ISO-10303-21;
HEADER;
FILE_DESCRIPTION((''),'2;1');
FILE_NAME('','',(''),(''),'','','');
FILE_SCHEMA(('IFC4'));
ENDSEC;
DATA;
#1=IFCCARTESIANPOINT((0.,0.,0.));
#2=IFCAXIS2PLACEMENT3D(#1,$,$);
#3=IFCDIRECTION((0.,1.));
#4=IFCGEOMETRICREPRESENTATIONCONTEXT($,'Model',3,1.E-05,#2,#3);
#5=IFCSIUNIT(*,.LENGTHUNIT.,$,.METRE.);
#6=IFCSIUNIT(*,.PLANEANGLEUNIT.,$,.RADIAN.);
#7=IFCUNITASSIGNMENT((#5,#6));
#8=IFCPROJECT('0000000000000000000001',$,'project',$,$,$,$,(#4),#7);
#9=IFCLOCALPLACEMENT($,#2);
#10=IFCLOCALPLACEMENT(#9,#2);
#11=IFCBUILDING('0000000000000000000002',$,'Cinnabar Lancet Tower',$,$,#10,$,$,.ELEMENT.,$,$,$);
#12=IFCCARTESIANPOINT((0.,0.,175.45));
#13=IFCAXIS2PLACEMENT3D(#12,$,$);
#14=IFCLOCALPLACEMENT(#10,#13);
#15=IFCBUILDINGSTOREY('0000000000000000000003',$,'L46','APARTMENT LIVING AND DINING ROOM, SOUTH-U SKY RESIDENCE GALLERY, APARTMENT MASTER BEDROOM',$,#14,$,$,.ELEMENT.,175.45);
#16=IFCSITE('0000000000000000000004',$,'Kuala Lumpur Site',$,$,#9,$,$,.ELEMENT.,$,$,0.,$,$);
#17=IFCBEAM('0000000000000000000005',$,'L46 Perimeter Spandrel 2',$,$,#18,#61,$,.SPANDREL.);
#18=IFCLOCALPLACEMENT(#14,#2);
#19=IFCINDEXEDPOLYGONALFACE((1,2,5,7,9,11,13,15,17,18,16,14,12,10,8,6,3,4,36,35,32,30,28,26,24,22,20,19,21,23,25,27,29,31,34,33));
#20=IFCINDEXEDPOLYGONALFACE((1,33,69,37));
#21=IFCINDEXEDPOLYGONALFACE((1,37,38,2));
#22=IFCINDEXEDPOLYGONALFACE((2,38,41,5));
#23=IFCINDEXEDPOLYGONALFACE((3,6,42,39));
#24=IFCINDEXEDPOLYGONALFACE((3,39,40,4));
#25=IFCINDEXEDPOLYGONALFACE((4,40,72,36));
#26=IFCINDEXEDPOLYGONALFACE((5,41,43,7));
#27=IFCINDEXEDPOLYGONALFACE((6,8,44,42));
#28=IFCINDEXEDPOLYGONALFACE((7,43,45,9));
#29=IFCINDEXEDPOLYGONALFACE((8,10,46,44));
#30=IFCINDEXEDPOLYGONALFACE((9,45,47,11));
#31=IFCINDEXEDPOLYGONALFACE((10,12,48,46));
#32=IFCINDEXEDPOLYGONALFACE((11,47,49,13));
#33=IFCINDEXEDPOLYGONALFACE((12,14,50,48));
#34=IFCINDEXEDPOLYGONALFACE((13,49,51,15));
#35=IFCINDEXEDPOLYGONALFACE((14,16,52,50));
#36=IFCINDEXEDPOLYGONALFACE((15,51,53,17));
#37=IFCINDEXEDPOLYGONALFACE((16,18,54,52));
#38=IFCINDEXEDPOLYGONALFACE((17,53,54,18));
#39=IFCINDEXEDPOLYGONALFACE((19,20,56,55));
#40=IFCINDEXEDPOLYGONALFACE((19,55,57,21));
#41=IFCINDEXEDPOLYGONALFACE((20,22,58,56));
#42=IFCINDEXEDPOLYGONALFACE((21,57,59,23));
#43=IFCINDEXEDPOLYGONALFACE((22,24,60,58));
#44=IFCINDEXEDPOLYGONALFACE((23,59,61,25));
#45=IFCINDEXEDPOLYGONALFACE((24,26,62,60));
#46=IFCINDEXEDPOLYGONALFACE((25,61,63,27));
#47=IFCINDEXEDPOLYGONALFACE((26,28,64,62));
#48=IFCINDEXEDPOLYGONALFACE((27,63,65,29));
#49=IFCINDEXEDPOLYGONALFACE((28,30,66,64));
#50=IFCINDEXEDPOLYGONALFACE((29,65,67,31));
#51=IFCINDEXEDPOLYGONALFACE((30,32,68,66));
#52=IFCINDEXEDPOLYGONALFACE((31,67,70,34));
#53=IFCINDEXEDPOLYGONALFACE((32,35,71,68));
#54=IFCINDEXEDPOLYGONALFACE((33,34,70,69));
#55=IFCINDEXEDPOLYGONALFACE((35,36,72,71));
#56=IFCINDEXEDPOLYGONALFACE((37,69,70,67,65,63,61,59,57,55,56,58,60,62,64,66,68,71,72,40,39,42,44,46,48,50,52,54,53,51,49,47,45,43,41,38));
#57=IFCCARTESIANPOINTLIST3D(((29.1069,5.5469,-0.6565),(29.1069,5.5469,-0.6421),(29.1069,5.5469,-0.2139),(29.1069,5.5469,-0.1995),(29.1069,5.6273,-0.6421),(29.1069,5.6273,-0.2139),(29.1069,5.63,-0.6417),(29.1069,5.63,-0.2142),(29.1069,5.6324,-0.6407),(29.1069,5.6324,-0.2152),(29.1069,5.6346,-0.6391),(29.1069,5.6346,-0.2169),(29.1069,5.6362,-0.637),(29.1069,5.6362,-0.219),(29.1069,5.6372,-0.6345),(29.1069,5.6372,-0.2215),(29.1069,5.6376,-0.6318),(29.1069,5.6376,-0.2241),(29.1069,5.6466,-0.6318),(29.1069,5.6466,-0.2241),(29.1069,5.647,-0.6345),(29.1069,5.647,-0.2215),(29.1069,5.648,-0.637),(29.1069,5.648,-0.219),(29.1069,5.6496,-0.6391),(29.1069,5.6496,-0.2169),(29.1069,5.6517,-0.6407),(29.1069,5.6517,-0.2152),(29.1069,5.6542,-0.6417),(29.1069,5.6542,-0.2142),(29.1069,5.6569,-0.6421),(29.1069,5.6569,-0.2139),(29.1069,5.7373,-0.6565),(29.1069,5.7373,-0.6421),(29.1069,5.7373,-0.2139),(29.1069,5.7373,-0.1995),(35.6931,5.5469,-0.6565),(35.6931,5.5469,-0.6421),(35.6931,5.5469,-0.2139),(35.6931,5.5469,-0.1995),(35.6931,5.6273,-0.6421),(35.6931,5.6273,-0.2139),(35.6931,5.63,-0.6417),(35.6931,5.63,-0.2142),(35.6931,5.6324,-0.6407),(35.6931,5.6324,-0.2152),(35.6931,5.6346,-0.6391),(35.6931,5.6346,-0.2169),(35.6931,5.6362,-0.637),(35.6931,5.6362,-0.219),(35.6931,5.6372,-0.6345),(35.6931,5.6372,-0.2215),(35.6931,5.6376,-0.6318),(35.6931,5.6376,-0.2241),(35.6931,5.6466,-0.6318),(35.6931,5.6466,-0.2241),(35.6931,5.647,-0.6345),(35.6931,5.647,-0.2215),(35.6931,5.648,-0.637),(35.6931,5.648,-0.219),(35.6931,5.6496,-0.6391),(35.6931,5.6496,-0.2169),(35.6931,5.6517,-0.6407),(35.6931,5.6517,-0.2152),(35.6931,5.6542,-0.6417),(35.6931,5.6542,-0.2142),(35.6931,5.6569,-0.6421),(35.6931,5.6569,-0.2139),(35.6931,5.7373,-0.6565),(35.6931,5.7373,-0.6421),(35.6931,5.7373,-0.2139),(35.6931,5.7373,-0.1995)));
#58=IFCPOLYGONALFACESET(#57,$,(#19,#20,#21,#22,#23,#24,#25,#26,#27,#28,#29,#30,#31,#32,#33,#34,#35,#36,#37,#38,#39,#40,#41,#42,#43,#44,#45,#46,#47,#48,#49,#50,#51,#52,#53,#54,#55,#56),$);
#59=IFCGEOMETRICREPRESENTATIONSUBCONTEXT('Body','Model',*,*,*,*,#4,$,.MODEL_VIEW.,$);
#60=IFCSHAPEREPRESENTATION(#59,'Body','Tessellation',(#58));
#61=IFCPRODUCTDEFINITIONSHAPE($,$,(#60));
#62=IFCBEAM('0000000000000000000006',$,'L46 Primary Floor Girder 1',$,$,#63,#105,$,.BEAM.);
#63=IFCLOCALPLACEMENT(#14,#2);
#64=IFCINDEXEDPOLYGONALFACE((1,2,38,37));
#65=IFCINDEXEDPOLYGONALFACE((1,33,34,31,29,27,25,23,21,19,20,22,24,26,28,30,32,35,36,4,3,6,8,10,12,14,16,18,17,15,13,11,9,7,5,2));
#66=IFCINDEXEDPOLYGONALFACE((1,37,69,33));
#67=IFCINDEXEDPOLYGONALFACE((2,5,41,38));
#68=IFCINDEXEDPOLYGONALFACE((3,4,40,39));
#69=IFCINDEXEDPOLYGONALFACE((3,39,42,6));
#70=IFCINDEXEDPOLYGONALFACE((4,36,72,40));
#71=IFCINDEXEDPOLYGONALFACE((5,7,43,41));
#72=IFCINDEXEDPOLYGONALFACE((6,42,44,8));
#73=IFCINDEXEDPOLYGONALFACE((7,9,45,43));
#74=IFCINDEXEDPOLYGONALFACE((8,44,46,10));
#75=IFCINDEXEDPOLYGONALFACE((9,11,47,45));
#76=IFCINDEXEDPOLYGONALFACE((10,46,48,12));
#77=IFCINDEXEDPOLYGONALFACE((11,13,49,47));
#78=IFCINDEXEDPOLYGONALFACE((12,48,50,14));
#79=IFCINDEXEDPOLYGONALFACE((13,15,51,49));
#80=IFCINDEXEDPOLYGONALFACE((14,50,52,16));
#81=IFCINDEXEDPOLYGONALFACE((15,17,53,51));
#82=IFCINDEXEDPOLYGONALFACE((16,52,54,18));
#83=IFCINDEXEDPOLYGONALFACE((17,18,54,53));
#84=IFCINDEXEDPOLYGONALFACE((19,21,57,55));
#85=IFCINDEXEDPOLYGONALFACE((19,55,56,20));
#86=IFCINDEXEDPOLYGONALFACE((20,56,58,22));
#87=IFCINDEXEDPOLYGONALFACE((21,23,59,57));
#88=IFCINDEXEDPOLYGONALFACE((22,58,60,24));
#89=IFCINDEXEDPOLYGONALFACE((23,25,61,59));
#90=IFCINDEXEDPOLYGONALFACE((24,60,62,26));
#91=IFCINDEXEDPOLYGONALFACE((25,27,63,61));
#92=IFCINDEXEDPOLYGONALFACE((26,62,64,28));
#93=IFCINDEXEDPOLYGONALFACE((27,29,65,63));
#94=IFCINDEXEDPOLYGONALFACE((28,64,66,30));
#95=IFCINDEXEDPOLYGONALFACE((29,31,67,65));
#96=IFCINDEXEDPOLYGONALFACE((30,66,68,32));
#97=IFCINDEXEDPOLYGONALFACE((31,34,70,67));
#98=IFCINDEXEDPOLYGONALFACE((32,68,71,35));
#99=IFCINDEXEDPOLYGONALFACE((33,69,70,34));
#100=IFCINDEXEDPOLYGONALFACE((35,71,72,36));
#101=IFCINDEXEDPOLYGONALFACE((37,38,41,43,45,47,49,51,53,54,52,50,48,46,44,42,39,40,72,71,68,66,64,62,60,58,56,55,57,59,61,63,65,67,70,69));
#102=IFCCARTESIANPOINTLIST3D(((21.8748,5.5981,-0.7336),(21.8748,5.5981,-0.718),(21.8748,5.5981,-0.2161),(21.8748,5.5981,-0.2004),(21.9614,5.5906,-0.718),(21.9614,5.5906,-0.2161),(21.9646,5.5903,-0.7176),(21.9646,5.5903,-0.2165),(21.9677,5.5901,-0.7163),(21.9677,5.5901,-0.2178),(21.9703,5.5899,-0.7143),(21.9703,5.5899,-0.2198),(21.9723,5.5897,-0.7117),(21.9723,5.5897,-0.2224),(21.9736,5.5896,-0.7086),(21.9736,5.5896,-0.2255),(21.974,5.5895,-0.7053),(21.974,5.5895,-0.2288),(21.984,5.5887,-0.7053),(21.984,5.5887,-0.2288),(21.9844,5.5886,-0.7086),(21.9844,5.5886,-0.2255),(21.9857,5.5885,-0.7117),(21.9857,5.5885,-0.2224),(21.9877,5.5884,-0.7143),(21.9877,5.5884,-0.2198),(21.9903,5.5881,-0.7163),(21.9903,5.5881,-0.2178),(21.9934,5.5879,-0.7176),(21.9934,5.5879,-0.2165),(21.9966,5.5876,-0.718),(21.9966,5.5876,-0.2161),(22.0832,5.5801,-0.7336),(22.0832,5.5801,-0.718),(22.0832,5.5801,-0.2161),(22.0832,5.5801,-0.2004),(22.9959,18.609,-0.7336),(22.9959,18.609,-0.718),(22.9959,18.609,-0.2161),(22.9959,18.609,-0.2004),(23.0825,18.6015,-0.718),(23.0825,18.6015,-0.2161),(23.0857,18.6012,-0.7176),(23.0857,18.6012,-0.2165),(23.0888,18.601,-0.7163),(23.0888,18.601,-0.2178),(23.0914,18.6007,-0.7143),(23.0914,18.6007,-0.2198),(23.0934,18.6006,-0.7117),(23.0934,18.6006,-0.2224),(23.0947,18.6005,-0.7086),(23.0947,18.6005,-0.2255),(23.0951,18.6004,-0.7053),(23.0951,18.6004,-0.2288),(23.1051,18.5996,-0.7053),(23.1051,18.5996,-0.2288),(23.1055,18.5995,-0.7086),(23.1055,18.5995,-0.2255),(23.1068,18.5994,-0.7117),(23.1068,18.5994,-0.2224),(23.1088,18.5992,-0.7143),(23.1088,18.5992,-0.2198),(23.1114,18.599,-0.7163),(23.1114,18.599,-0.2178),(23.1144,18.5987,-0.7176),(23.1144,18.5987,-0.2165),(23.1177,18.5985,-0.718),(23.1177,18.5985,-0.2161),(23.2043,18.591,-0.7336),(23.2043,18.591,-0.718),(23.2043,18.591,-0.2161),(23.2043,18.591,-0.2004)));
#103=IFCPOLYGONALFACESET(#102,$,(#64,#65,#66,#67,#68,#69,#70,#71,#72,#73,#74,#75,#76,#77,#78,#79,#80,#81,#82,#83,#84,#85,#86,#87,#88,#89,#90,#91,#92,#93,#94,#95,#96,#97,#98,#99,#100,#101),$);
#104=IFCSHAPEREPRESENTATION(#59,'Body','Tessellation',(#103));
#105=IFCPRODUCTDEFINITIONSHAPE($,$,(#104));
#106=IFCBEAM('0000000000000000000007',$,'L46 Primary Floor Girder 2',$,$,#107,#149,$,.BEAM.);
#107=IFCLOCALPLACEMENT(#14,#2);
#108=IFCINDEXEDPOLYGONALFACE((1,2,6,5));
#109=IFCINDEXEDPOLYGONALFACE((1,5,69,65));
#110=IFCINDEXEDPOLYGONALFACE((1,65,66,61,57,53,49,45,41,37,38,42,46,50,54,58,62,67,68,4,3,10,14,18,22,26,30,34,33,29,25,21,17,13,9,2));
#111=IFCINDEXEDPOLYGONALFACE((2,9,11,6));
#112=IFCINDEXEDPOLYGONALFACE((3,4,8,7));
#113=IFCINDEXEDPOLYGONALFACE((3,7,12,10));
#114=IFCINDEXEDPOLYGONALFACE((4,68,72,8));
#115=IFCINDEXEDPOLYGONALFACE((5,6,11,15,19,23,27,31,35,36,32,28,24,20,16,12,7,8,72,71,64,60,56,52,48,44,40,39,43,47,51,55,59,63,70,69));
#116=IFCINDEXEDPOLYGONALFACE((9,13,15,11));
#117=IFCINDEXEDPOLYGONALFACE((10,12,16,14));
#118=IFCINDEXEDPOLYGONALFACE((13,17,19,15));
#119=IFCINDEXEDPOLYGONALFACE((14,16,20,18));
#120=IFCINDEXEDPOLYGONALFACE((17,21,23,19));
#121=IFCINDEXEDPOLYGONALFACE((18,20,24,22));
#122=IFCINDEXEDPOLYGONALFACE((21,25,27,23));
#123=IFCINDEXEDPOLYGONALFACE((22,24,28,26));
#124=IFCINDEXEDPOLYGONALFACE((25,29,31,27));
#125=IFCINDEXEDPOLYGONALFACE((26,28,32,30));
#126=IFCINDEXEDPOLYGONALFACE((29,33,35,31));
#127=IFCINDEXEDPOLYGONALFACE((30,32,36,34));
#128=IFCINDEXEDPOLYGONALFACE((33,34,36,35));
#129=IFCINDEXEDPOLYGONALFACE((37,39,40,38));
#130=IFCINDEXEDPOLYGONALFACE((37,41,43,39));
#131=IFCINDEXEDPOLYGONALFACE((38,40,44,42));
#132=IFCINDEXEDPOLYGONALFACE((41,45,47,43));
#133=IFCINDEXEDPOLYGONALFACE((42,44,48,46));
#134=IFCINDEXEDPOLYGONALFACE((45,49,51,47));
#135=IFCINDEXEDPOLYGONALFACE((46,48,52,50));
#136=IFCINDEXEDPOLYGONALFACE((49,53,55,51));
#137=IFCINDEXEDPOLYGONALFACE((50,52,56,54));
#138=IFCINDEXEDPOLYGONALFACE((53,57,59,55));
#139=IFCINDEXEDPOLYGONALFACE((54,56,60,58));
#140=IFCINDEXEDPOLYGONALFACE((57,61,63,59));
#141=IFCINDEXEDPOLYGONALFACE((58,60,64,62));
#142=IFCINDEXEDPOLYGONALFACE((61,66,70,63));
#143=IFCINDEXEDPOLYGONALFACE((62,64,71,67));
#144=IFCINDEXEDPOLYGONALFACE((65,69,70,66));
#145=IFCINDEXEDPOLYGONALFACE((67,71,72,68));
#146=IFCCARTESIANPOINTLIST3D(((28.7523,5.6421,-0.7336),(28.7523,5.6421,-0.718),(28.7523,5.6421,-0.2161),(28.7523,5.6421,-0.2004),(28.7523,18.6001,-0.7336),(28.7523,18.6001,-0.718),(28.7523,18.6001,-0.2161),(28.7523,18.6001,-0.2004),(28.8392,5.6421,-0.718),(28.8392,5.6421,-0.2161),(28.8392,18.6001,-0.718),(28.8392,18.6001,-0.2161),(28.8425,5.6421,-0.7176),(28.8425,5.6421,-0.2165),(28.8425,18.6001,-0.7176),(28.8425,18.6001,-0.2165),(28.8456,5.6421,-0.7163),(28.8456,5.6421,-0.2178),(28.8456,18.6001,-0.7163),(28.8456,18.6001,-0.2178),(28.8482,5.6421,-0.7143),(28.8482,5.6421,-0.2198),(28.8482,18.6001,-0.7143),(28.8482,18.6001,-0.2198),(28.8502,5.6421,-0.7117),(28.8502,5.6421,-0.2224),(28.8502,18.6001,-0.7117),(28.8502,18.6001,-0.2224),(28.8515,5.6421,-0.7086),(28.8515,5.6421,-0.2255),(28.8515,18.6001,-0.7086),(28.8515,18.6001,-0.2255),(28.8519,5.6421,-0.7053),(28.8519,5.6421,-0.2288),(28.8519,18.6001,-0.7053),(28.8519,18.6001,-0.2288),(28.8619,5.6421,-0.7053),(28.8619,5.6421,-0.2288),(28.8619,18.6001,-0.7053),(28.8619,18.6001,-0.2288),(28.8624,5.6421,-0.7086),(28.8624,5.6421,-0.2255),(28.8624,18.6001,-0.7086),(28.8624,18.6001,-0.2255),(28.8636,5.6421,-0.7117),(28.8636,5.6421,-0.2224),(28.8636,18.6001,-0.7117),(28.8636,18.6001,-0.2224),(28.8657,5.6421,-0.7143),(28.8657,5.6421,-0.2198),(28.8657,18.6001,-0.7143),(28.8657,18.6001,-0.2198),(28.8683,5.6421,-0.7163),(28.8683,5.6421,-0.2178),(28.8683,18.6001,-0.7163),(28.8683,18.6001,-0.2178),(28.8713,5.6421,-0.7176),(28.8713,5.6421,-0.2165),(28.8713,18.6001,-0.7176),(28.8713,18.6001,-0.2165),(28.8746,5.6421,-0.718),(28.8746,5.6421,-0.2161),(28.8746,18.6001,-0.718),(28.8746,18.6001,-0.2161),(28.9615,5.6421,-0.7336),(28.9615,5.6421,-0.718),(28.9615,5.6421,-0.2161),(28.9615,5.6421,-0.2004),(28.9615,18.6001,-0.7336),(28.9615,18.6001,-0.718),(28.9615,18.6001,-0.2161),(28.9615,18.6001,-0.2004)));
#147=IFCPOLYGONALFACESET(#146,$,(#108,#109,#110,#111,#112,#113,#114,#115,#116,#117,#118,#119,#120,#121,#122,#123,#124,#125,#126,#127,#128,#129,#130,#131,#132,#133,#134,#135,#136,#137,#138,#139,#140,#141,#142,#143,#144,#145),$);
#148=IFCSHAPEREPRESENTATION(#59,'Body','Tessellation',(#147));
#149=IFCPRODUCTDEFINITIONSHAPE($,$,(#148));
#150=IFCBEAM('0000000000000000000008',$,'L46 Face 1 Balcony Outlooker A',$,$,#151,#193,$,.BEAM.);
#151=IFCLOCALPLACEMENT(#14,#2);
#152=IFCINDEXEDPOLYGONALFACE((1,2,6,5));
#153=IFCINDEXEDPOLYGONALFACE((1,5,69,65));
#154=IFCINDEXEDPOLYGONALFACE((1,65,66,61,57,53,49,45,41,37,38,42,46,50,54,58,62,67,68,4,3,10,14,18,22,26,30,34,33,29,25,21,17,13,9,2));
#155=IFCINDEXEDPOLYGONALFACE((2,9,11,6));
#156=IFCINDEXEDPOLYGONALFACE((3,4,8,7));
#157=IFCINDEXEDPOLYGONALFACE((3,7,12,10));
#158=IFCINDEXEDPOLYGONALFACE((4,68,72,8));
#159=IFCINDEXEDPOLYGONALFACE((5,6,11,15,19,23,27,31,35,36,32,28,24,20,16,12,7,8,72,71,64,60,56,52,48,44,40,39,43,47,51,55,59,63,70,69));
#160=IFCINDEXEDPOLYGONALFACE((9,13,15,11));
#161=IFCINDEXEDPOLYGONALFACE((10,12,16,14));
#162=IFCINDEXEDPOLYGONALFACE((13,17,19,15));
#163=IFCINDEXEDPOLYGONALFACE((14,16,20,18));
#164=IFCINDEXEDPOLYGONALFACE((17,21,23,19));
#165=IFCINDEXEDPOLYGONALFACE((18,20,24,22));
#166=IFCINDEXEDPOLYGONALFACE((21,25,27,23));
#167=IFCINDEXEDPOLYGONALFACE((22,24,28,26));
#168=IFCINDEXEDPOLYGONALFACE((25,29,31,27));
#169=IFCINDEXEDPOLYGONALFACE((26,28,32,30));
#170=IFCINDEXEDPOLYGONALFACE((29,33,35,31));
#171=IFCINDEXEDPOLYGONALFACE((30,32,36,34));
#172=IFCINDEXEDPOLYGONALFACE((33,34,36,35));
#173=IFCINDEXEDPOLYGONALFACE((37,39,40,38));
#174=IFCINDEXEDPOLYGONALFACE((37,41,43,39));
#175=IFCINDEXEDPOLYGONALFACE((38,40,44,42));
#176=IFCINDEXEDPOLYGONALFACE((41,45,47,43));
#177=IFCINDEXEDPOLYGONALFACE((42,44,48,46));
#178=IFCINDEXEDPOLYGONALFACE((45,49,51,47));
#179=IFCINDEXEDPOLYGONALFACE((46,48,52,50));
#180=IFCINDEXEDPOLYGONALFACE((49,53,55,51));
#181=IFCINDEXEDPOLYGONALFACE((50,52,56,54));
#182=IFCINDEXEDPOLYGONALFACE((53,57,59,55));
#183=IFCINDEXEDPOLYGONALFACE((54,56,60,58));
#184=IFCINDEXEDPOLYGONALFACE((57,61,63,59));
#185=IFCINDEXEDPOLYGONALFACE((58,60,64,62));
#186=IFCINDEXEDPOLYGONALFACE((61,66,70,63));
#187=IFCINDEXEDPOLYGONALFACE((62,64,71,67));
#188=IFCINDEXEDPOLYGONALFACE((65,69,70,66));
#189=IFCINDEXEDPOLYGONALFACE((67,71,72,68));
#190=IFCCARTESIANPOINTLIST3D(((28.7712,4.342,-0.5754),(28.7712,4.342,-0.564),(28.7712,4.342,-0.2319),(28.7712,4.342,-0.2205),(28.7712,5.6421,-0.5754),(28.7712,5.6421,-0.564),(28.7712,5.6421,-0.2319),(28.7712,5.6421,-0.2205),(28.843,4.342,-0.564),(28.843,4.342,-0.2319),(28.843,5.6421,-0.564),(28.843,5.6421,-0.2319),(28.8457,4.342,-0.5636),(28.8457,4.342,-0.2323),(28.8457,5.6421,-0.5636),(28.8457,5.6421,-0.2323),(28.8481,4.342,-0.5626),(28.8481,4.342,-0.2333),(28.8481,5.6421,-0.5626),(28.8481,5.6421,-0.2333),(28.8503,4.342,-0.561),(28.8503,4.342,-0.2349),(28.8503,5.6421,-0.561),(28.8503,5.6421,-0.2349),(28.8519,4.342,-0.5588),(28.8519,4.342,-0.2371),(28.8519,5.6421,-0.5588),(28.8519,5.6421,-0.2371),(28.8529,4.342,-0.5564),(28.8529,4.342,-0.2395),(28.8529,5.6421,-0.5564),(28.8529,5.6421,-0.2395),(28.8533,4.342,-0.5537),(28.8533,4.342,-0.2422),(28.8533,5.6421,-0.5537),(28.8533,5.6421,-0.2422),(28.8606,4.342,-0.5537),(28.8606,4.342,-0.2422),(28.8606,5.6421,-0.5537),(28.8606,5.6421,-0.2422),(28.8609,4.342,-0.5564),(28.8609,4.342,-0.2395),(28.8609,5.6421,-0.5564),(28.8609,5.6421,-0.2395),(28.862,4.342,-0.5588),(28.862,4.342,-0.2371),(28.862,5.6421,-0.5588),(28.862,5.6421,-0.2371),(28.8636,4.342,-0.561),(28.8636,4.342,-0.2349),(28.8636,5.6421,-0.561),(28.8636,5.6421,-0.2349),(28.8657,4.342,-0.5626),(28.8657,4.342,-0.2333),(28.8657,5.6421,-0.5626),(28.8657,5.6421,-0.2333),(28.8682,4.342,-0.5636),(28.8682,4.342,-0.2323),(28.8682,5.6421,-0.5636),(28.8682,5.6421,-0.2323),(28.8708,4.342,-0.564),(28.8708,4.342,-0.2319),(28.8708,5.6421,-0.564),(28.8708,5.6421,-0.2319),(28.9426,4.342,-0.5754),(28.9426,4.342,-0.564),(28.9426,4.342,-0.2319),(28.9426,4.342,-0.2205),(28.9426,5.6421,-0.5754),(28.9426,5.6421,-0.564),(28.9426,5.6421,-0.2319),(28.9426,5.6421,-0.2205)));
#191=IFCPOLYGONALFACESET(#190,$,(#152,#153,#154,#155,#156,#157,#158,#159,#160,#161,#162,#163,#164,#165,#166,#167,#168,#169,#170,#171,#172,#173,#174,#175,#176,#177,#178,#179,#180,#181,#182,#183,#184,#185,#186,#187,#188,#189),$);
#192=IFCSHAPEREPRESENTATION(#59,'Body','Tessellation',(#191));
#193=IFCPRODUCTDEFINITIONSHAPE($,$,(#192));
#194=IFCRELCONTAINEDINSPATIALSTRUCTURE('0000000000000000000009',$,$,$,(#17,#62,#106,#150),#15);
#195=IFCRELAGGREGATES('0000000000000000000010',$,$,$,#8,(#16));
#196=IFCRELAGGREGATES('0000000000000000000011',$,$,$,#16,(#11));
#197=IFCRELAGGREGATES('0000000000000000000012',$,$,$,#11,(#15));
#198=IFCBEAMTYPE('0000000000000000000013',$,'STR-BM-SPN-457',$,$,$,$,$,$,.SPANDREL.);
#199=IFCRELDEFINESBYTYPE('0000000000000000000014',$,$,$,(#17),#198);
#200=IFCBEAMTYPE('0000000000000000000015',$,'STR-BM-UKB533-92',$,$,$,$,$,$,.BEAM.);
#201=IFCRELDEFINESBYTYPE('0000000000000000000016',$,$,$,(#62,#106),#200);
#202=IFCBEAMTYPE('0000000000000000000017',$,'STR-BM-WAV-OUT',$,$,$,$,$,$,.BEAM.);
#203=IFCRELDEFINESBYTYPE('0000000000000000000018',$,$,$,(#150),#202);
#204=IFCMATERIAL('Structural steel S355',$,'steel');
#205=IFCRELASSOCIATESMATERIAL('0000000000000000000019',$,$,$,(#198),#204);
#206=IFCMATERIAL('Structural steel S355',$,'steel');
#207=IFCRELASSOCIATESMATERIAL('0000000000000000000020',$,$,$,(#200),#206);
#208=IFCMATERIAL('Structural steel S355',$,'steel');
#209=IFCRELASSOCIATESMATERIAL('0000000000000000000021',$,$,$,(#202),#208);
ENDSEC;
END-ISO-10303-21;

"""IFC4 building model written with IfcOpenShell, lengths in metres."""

from ifc_helpers import new_model, si_unit, direction, frame, origin, origin_2d, place, context, subcontext, project, spatial, i_section, extrude, material, material_profile, profile_set, type_object, element, save


model = new_model("IFC4")

# Units and contexts
model_context = context("Model", 3, precision=1e-05, world=origin(), true_north=direction((0.0, 1.0)))
body_context = subcontext(model_context, "Body", "Model", "MODEL_VIEW")
ifc_project = project(units=[si_unit("LENGTHUNIT", "METRE"), si_unit("PLANEANGLEUNIT", "RADIAN")], contexts=[model_context])

# Site, building, storey
site_placement = place(None, origin())
site = spatial("IfcSite", under=ifc_project, at=site_placement, Name="Kuala Lumpur Site", CompositionType="ELEMENT", RefElevation=0.0)
building_placement = place(site_placement, origin())
building = spatial("IfcBuilding", under=site, at=building_placement, Name="Cinnabar Lancet Tower", CompositionType="ELEMENT")
storey_placement = place(building_placement, frame((0.0, 0.0, 175.45)))
storey = spatial("IfcBuildingStorey", under=building, at=storey_placement, Name="L46", Description="APARTMENT LIVING AND DINING ROOM, SOUTH-U SKY RESIDENCE GALLERY, APARTMENT MASTER BEDROOM", CompositionType="ELEMENT", Elevation=175.45)

# Beams
ifc_material_1 = material(Name="Structural steel S355", Category="steel")
ifc_material_profile_1 = material_profile(ifc_material_1, i_section(OverallWidth=0.1904, OverallDepth=0.457, WebThickness=0.009, FlangeThickness=0.0144, FilletRadius=0.0103, at=origin_2d()), Name="UKB 457x191x74")
ifc_profile_set_1 = profile_set([ifc_material_profile_1], Name="Structural steel S355")
beam_type_1 = type_object("IfcBeamType", Name="STR-BM-SPN-457", PredefinedType="SPANDREL", material=ifc_profile_set_1)
beam_1_placement = place(storey_placement, frame((29.1069, 5.6421, -0.428), z_axis=(1.0, 0.0, 0.0), x_axis=(0.0, 1.0, 0.0)))
element("IfcBeam", 1, at=beam_1_placement, inside=storey, type_object=beam_type_1, Name="L46 Perimeter Spandrel 2", PredefinedType="SPANDREL", context=body_context, shape_type="SweptSolid", body=[
    extrude(i_section(OverallWidth=0.1904, OverallDepth=0.457, WebThickness=0.009, FlangeThickness=0.0144, FilletRadius=0.0103, at=origin_2d()), origin(), (0.0, 0.0, 1.0), 6.5862),
])
ifc_material_2 = material(Name="Structural steel S355", Category="steel")
ifc_material_profile_2 = material_profile(ifc_material_2, i_section(OverallWidth=0.2092, OverallDepth=0.5332, WebThickness=0.01, FlangeThickness=0.0156, FilletRadius=0.0127, at=origin_2d()), Name="UKB 533x210x92")
ifc_profile_set_2 = profile_set([ifc_material_profile_2], Name="Structural steel S355")
beam_type_2 = type_object("IfcBeamType", Name="STR-BM-UKB533-92", PredefinedType="BEAM", material=ifc_profile_set_2)
beam_2_placement = place(storey_placement, frame((21.979, 5.5891, -0.467), z_axis=(0.085847, 0.996308, 0.0), x_axis=(-0.996308, 0.085847, 0.0)))
element("IfcBeam", 2, at=beam_2_placement, inside=storey, type_object=beam_type_2, Name="L46 Primary Floor Girder 1", PredefinedType="BEAM", context=body_context, shape_type="SweptSolid", body=[
    extrude(i_section(OverallWidth=0.2092, OverallDepth=0.5332, WebThickness=0.01, FlangeThickness=0.0156, FilletRadius=0.0127, at=origin_2d()), origin(), (0.0, 0.0, 1.0), 13.0591),
])
beam_3_placement = place(storey_placement, frame((28.8569, 5.6421, -0.467), z_axis=(0.0, 1.0, 0.0), x_axis=(-1.0, 0.0, 0.0)))
element("IfcBeam", 3, at=beam_3_placement, inside=storey, type_object=beam_type_2, Name="L46 Primary Floor Girder 2", PredefinedType="BEAM", context=body_context, shape_type="SweptSolid", body=[
    extrude(i_section(OverallWidth=0.2092, OverallDepth=0.5332, WebThickness=0.01, FlangeThickness=0.0156, FilletRadius=0.0127, at=origin_2d()), origin(), (0.0, 0.0, 1.0), 12.958),
])
ifc_material_3 = material(Name="Structural steel S355", Category="steel")
ifc_material_profile_3 = material_profile(ifc_material_3, i_section(OverallWidth=0.1714, OverallDepth=0.355, WebThickness=0.0073, FlangeThickness=0.0115, FilletRadius=0.0103, at=origin_2d()), Name="UKB 356x171x51")
ifc_profile_set_3 = profile_set([ifc_material_profile_3], Name="Structural steel S355")
beam_type_3 = type_object("IfcBeamType", Name="STR-BM-WAV-OUT", PredefinedType="BEAM", material=ifc_profile_set_3)
beam_4_placement = place(storey_placement, frame((28.8569, 5.6421, -0.3979), z_axis=(0.0, -1.0, 0.0), x_axis=(1.0, 0.0, 0.0)))
element("IfcBeam", 4, at=beam_4_placement, inside=storey, type_object=beam_type_3, Name="L46 Face 1 Balcony Outlooker A", PredefinedType="BEAM", context=body_context, shape_type="SweptSolid", body=[
    extrude(i_section(OverallWidth=0.1714, OverallDepth=0.355, WebThickness=0.0073, FlangeThickness=0.0115, FilletRadius=0.0103, at=origin_2d()), origin(), (0.0, 0.0, 1.0), 1.3),
])

save(model, "model.ifc")
